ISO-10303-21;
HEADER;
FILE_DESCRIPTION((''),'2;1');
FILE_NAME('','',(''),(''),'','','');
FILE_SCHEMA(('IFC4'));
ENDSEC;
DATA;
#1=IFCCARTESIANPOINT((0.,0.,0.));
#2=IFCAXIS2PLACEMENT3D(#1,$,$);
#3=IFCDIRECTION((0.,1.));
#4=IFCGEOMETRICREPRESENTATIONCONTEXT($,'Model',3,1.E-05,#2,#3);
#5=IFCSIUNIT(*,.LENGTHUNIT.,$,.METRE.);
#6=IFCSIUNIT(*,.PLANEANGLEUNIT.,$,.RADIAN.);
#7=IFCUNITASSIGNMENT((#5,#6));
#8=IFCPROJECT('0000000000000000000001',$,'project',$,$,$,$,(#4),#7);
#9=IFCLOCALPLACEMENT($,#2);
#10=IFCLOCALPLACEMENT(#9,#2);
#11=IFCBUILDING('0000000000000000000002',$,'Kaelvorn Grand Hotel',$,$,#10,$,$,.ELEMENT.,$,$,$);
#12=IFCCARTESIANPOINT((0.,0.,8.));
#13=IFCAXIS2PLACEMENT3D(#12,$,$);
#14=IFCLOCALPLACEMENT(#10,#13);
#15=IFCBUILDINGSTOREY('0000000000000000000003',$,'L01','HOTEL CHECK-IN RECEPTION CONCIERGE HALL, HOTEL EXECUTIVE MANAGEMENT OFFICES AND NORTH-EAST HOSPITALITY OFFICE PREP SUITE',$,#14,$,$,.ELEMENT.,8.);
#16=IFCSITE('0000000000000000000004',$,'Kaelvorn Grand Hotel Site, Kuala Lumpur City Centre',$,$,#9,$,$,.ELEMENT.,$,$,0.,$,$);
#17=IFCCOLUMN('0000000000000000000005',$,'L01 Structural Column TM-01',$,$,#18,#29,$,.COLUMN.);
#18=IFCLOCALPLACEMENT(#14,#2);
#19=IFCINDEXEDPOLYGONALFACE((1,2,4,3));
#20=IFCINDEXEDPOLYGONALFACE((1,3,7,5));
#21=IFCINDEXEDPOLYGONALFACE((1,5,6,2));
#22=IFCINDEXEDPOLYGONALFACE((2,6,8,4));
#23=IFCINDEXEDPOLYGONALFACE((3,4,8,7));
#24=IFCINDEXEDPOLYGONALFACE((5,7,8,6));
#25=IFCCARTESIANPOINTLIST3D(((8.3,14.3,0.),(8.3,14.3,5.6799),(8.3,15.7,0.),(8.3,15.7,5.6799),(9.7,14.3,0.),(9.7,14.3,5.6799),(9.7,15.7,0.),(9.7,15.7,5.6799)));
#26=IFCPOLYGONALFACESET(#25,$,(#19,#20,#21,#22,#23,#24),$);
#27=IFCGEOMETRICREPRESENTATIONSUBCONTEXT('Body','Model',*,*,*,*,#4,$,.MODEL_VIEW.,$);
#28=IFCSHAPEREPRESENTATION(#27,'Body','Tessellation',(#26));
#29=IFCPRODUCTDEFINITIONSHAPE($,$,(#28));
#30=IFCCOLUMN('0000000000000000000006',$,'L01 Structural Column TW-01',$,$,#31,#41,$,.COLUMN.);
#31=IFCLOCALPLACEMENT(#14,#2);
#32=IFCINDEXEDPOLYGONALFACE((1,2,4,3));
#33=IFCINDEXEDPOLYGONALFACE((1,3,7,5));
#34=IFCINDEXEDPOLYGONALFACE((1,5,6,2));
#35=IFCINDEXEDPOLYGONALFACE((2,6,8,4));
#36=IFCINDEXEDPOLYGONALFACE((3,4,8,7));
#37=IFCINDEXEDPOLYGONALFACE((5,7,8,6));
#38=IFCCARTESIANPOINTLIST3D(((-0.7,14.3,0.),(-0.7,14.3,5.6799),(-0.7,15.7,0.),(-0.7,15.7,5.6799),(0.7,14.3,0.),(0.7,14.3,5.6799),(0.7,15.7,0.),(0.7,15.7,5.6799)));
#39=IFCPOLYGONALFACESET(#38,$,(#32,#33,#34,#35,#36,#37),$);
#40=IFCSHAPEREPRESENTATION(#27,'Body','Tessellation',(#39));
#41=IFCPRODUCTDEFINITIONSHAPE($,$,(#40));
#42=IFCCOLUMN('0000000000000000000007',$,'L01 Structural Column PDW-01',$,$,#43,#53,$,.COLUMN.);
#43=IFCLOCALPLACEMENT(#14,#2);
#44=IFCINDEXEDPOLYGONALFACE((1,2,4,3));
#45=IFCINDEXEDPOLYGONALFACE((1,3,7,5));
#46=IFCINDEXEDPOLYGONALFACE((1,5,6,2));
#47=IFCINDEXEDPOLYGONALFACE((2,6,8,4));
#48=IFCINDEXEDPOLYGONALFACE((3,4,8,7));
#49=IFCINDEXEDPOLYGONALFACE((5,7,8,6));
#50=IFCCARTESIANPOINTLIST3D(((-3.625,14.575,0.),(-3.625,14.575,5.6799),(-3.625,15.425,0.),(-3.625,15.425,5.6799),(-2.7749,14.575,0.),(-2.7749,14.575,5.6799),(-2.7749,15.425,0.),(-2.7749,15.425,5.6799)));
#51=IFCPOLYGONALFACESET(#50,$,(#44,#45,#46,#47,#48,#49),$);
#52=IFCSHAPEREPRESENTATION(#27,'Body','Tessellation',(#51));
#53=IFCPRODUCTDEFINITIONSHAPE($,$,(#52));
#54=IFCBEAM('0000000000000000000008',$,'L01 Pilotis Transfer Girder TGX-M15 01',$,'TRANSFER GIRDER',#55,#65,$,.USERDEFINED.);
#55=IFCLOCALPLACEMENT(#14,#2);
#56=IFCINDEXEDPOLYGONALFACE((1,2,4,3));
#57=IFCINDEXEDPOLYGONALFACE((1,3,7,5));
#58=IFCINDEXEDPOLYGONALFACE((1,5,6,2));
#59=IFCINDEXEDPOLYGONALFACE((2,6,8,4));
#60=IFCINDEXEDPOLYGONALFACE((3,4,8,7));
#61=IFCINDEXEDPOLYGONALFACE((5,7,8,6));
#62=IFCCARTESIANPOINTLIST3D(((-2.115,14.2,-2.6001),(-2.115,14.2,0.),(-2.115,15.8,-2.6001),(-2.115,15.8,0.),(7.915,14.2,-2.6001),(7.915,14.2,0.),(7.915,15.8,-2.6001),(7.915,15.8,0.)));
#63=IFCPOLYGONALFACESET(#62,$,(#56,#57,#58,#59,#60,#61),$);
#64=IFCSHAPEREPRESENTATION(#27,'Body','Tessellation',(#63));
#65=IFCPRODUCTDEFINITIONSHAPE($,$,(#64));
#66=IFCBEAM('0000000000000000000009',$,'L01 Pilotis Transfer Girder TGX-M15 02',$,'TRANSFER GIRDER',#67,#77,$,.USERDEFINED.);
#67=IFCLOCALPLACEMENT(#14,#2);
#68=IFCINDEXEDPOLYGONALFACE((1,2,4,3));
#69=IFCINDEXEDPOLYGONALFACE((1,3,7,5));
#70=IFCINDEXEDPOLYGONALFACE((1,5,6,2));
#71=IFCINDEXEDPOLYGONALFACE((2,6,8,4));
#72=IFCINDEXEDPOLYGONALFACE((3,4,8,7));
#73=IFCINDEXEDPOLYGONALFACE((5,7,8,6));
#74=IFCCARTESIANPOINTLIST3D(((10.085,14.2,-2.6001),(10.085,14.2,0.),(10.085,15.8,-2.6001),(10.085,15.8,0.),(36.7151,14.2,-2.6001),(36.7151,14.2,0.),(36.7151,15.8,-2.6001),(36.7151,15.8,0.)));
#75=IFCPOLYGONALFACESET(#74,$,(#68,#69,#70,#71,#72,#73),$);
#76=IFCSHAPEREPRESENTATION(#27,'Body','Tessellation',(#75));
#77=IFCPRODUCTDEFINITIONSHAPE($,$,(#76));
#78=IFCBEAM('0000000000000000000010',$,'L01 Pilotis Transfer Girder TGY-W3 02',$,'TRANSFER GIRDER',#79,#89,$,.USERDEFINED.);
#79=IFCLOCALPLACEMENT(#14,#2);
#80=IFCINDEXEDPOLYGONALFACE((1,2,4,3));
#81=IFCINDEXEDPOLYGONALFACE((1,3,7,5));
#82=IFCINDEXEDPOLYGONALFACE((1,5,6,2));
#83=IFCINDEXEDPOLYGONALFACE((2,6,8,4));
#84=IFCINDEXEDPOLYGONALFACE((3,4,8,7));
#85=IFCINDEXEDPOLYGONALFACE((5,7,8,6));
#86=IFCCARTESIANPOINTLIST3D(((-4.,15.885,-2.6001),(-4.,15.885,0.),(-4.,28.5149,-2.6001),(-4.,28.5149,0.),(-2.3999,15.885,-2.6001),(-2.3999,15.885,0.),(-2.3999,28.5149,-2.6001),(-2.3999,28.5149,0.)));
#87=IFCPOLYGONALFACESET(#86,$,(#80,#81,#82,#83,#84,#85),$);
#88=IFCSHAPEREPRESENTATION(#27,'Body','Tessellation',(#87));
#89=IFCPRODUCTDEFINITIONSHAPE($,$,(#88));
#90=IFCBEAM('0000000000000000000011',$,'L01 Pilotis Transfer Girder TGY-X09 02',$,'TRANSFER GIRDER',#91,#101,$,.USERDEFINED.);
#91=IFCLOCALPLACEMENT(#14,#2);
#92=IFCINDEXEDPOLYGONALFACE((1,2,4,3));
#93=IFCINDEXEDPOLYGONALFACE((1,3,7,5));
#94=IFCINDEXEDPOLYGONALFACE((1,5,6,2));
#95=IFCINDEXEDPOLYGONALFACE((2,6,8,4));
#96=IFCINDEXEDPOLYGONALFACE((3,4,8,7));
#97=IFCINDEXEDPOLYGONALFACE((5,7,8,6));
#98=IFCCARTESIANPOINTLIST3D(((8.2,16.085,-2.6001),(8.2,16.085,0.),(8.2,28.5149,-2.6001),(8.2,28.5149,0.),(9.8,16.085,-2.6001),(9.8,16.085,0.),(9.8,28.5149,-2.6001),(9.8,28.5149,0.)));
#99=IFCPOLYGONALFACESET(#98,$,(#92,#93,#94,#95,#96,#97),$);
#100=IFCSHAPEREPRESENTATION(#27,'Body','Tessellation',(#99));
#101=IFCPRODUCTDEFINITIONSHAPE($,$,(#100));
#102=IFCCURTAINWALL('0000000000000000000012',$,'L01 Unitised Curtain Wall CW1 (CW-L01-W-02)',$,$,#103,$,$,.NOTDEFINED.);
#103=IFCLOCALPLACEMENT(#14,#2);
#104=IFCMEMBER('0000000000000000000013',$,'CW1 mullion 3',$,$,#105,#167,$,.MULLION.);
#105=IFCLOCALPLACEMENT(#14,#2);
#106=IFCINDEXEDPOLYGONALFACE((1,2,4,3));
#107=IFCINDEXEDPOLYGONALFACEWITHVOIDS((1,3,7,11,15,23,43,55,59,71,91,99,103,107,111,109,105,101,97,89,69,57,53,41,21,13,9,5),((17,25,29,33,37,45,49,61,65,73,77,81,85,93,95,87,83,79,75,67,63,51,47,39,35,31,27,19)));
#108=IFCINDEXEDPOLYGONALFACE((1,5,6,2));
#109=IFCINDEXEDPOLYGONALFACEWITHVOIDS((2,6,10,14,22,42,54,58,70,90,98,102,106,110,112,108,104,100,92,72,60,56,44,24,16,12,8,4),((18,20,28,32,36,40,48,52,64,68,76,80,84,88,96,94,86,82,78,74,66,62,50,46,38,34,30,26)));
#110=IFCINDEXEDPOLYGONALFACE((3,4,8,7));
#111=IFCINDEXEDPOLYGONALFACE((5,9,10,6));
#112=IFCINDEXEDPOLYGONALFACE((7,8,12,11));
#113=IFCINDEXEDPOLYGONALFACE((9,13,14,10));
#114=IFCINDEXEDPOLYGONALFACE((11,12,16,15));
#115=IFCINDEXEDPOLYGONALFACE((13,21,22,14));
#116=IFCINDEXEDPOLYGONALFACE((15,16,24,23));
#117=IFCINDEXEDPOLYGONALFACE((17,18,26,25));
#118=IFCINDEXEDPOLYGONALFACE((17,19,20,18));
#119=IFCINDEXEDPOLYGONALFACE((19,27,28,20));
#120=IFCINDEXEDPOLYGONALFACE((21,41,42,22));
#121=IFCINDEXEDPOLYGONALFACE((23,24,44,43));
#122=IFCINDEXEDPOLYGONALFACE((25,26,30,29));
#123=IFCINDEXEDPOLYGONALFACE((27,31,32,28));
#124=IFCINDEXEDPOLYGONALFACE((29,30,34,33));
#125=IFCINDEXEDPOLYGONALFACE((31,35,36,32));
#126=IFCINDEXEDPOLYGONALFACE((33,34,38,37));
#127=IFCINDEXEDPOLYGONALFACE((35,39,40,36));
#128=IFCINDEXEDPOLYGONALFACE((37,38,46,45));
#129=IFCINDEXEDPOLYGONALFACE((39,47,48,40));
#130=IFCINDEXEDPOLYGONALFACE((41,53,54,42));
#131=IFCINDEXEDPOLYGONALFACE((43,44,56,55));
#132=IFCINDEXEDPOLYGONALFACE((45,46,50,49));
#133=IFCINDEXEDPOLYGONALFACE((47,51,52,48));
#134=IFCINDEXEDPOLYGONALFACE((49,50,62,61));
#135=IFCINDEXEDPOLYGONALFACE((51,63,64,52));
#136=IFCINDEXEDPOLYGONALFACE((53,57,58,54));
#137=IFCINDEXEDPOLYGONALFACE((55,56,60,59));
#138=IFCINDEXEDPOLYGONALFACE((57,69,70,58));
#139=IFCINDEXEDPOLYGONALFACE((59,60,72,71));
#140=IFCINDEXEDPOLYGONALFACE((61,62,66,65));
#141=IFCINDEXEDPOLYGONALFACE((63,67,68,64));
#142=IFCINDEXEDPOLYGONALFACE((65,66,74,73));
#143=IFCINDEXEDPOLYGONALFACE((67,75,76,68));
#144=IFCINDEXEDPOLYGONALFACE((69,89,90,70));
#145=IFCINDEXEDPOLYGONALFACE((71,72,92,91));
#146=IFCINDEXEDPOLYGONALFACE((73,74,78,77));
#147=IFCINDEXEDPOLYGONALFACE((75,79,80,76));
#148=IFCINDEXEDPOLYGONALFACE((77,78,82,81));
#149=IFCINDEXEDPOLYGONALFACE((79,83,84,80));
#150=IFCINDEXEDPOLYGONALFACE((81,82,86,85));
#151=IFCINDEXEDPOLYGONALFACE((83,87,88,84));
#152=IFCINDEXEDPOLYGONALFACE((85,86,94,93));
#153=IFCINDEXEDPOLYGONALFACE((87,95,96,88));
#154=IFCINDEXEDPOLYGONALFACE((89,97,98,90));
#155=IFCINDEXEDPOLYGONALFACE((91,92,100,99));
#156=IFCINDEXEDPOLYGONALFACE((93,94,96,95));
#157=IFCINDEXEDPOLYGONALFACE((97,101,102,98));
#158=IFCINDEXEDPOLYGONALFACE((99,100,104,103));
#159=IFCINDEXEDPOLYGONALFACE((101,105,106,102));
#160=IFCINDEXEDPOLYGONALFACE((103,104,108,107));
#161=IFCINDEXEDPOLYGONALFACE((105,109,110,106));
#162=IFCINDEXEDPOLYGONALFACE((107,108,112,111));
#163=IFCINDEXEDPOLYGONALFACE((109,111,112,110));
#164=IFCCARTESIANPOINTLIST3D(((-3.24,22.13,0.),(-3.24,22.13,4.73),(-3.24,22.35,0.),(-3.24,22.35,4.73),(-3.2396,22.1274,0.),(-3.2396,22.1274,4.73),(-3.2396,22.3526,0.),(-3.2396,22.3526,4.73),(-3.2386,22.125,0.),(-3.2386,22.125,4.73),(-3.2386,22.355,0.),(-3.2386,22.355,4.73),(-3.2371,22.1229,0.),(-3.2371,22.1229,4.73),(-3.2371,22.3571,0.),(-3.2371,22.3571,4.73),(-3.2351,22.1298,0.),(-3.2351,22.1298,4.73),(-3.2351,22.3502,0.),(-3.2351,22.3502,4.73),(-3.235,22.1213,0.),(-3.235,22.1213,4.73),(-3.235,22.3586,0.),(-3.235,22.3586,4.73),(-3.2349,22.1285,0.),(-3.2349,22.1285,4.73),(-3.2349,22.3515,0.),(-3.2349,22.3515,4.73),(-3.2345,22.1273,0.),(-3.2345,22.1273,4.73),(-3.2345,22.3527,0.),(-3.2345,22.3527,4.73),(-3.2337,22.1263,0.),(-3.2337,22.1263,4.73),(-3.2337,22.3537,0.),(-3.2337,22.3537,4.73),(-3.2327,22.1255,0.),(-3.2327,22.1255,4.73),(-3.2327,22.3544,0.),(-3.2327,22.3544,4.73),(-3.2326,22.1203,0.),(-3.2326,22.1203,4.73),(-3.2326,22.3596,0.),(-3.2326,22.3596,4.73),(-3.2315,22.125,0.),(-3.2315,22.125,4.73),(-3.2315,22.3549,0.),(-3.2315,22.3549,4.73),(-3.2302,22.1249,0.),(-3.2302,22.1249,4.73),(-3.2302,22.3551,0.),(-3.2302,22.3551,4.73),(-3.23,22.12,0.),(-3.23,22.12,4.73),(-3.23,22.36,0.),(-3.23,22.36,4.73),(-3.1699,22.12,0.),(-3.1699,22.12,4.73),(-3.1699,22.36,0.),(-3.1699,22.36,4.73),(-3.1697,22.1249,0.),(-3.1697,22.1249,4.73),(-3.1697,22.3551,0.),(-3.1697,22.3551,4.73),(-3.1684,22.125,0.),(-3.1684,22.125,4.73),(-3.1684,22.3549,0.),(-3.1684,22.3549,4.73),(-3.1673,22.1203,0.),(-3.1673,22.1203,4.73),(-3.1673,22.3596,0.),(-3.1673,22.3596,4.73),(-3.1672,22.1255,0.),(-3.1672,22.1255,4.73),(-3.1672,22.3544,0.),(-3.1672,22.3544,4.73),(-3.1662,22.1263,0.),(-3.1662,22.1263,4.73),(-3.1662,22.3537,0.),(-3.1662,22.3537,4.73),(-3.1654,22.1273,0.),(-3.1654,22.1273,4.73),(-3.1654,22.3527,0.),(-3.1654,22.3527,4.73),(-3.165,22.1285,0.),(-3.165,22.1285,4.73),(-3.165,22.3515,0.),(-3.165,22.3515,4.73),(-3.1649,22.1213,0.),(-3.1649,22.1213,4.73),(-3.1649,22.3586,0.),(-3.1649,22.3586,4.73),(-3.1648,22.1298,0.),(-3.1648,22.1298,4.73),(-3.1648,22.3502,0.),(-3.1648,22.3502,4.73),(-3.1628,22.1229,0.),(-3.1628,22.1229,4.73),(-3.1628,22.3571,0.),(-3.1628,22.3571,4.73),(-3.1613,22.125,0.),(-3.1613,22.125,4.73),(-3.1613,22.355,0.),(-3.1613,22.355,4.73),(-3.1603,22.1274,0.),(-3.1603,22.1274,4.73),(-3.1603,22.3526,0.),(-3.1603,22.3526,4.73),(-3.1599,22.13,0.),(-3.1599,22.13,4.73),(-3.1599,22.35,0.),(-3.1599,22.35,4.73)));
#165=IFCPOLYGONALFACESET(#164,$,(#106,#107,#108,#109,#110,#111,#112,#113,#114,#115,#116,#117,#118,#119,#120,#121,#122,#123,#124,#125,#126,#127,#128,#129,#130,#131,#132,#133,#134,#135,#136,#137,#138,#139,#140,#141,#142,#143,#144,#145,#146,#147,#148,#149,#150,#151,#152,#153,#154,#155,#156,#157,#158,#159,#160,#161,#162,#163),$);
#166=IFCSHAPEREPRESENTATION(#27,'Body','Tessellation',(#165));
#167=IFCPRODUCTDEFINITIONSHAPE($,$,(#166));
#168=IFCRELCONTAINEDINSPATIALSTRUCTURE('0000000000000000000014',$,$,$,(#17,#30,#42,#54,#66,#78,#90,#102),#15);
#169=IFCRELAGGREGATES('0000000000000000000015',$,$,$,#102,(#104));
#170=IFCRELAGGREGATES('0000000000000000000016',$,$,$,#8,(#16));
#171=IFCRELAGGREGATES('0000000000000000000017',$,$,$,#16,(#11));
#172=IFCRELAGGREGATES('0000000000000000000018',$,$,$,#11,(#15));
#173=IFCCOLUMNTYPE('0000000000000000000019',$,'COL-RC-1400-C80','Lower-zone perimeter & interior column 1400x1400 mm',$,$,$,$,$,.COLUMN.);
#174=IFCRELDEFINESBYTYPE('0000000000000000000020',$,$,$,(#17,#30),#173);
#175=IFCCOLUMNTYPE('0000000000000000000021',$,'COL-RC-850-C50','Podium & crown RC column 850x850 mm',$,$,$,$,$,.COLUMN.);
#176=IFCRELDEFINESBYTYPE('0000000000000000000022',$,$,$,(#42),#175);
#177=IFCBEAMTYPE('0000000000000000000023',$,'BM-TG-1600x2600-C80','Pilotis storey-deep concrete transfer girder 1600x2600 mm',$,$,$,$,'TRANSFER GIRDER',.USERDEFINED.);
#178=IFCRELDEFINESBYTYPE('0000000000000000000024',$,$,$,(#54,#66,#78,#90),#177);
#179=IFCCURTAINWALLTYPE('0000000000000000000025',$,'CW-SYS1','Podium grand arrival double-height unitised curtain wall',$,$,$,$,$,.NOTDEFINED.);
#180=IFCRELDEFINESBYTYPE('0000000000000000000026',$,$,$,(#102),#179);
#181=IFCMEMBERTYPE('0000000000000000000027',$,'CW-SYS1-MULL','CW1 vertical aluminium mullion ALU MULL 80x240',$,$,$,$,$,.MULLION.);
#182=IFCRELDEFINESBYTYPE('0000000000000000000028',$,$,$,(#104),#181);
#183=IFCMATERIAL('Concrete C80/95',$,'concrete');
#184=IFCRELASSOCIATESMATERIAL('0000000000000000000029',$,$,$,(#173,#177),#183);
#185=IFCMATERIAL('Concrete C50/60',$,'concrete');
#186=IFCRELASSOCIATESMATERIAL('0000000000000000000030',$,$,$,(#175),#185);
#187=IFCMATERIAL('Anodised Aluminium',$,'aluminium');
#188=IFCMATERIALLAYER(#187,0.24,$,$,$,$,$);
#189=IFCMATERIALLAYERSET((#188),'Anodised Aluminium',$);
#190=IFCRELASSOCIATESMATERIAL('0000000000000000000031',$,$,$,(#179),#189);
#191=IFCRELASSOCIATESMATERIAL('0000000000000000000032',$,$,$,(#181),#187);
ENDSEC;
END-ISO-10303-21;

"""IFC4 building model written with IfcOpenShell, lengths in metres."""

from ifc_helpers import new_model, si_unit, direction, frame, origin, origin_2d, place, context, subcontext, project, spatial, rectangle, hollow_rectangle, extrude, material, layer, layer_set, material_profile, profile_set, type_object, element, aggregate, save


model = new_model("IFC4")

# Units and contexts
model_context = context("Model", 3, precision=1e-05, world=origin(), true_north=direction((0.0, 1.0)))
body_context = subcontext(model_context, "Body", "Model", "MODEL_VIEW")
ifc_project = project(units=[si_unit("LENGTHUNIT", "METRE"), si_unit("PLANEANGLEUNIT", "RADIAN")], contexts=[model_context])

# Site, building, storey
site_placement = place(None, origin())
site = spatial("IfcSite", under=ifc_project, at=site_placement, Name="Kaelvorn Grand Hotel Site, Kuala Lumpur City Centre", CompositionType="ELEMENT", RefElevation=0.0)
building_placement = place(site_placement, origin())
building = spatial("IfcBuilding", under=site, at=building_placement, Name="Kaelvorn Grand Hotel", CompositionType="ELEMENT")
storey_placement = place(building_placement, frame((0.0, 0.0, 8.0)))
storey = spatial("IfcBuildingStorey", under=building, at=storey_placement, Name="L01", Description="HOTEL CHECK-IN RECEPTION CONCIERGE HALL, HOTEL EXECUTIVE MANAGEMENT OFFICES AND NORTH-EAST HOSPITALITY OFFICE PREP SUITE", CompositionType="ELEMENT", Elevation=8.0)

# Columns
ifc_material_1 = material(Name="Concrete C80/95", Category="concrete")
ifc_material_profile_1 = material_profile(ifc_material_1, rectangle(XDim=1.3999, YDim=1.3999, at=origin_2d()), Name="RC COL 1400x1400")
ifc_profile_set_1 = profile_set([ifc_material_profile_1], Name="Concrete C80/95")
column_type_1 = type_object("IfcColumnType", Name="COL-RC-1400-C80", Description="Lower-zone perimeter & interior column 1400x1400 mm", PredefinedType="COLUMN", material=ifc_profile_set_1)
for number, where, z_axis, x_axis, name in (
    (1, (9.0, 15.0, 0.0), (0.0, 0.0, 1.0), (1.0, 0.0, 0.0), "L01 Structural Column TM-01"),
    (2, (0.0, 15.0, 0.0), (0.0, 0.0, 1.0), (1.0, 0.0, 0.0), "L01 Structural Column TW-01"),
):
    element("IfcColumn", number, at=place(storey_placement, frame(where, z_axis=z_axis, x_axis=x_axis)), inside=storey, type_object=column_type_1, Name=name, PredefinedType="COLUMN", context=body_context, shape_type="SweptSolid", body=[
        extrude(rectangle(XDim=1.3999, YDim=1.3999, at=origin_2d()), origin(), (0.0, 0.0, 1.0), 5.6799),
    ])
ifc_material_2 = material(Name="Concrete C50/60", Category="concrete")
ifc_material_profile_2 = material_profile(ifc_material_2, rectangle(XDim=0.8501, YDim=0.8501, at=origin_2d()), Name="RC COL 850x850")
ifc_profile_set_2 = profile_set([ifc_material_profile_2], Name="Concrete C50/60")
column_type_2 = type_object("IfcColumnType", Name="COL-RC-850-C50", Description="Podium & crown RC column 850x850 mm", PredefinedType="COLUMN", material=ifc_profile_set_2)
column_placement = place(storey_placement, frame((-3.2, 15.0, 0.0), z_axis=(0.0, 0.0, 1.0), x_axis=(1.0, 0.0, 0.0)))
element("IfcColumn", 3, at=column_placement, inside=storey, type_object=column_type_2, Name="L01 Structural Column PDW-01", PredefinedType="COLUMN", context=body_context, shape_type="SweptSolid", body=[
    extrude(rectangle(XDim=0.8501, YDim=0.8501, at=origin_2d()), origin(), (0.0, 0.0, 1.0), 5.6799),
])

# Beams
ifc_material_profile_3 = material_profile(ifc_material_1, rectangle(XDim=1.6001, YDim=2.6001, at=origin_2d()), Name="RC TG 1600x2600")
ifc_profile_set_3 = profile_set([ifc_material_profile_3], Name="Concrete C80/95")
beam_type = type_object("IfcBeamType", Name="BM-TG-1600x2600-C80", Description="Pilotis storey-deep concrete transfer girder 1600x2600 mm", ElementType="TRANSFER GIRDER", PredefinedType="USERDEFINED", material=ifc_profile_set_3)
beam_1_placement = place(storey_placement, frame((-2.115, 15.0, -1.3), z_axis=(1.0, 0.0, 0.0), x_axis=(0.0, 1.0, 0.0)))
element("IfcBeam", 4, at=beam_1_placement, inside=storey, type_object=beam_type, Name="L01 Pilotis Transfer Girder TGX-M15 01", ObjectType="TRANSFER GIRDER", PredefinedType="USERDEFINED", context=body_context, shape_type="SweptSolid", body=[
    extrude(rectangle(XDim=1.6001, YDim=2.6001, at=origin_2d()), origin(), (0.0, 0.0, 1.0), 10.03),
])
beam_2_placement = place(storey_placement, frame((10.085, 15.0, -1.3), z_axis=(1.0, 0.0, 0.0), x_axis=(0.0, 1.0, 0.0)))
element("IfcBeam", 5, at=beam_2_placement, inside=storey, type_object=beam_type, Name="L01 Pilotis Transfer Girder TGX-M15 02", ObjectType="TRANSFER GIRDER", PredefinedType="USERDEFINED", context=body_context, shape_type="SweptSolid", body=[
    extrude(rectangle(XDim=1.6001, YDim=2.6001, at=origin_2d()), origin(), (0.0, 0.0, 1.0), 26.6301),
])
beam_3_placement = place(storey_placement, frame((-3.2, 15.885, -1.3), z_axis=(0.0, 1.0, 0.0), x_axis=(-1.0, 0.0, 0.0)))
element("IfcBeam", 6, at=beam_3_placement, inside=storey, type_object=beam_type, Name="L01 Pilotis Transfer Girder TGY-W3 02", ObjectType="TRANSFER GIRDER", PredefinedType="USERDEFINED", context=body_context, shape_type="SweptSolid", body=[
    extrude(rectangle(XDim=1.6001, YDim=2.6001, at=origin_2d()), origin(), (0.0, 0.0, 1.0), 12.6299),
])
beam_4_placement = place(storey_placement, frame((9.0, 16.085, -1.3), z_axis=(0.0, 1.0, 0.0), x_axis=(-1.0, 0.0, 0.0)))
element("IfcBeam", 7, at=beam_4_placement, inside=storey, type_object=beam_type, Name="L01 Pilotis Transfer Girder TGY-X09 02", ObjectType="TRANSFER GIRDER", PredefinedType="USERDEFINED", context=body_context, shape_type="SweptSolid", body=[
    extrude(rectangle(XDim=1.6001, YDim=2.6001, at=origin_2d()), origin(), (0.0, 0.0, 1.0), 12.4299),
])

# Curtain wall, member
ifc_material_3 = material(Name="Anodised Aluminium", Category="aluminium")
ifc_layer_1 = layer(ifc_material_3, 0.24)
ifc_layer_set_1 = layer_set([ifc_layer_1], Name="Anodised Aluminium")
curtain_wall_type = type_object("IfcCurtainWallType", Name="CW-SYS1", Description="Podium grand arrival double-height unitised curtain wall", PredefinedType="NOTDEFINED", material=ifc_layer_set_1)
curtain_wall_1_placement = place(storey_placement, origin())
curtain_wall_1 = element("IfcCurtainWall", 8, at=curtain_wall_1_placement, inside=storey, type_object=curtain_wall_type, Name="L01 Unitised Curtain Wall CW1 (CW-L01-W-02)", PredefinedType="NOTDEFINED")
ifc_material_profile_4 = material_profile(ifc_material_3, hollow_rectangle(XDim=0.0801, YDim=0.24, WallThickness=0.0049, InnerFilletRadius=0.0049, OuterFilletRadius=0.01, at=origin_2d()), Name="ALU MULL 80x240")
ifc_profile_set_4 = profile_set([ifc_material_profile_4], Name="Anodised Aluminium")
member_type_1 = type_object("IfcMemberType", Name="CW-SYS1-MULL", Description="CW1 vertical aluminium mullion ALU MULL 80x240", PredefinedType="MULLION", material=ifc_profile_set_4)
member_1_placement = place(storey_placement, frame((-3.2, 22.24, 0.0), z_axis=(0.0, 0.0, 1.0), x_axis=(1.0, 0.0, 0.0)))
member_1 = element("IfcMember", 9, at=member_1_placement, type_object=member_type_1, Name="CW1 mullion 3", PredefinedType="MULLION", context=body_context, shape_type="SweptSolid", body=[
    extrude(hollow_rectangle(XDim=0.0801, YDim=0.24, WallThickness=0.0049, InnerFilletRadius=0.0049, OuterFilletRadius=0.01, at=origin_2d()), origin(), (0.0, 0.0, 1.0), 4.73),
])

aggregate(curtain_wall_1, [member_1])

save(model, "model.ifc")
